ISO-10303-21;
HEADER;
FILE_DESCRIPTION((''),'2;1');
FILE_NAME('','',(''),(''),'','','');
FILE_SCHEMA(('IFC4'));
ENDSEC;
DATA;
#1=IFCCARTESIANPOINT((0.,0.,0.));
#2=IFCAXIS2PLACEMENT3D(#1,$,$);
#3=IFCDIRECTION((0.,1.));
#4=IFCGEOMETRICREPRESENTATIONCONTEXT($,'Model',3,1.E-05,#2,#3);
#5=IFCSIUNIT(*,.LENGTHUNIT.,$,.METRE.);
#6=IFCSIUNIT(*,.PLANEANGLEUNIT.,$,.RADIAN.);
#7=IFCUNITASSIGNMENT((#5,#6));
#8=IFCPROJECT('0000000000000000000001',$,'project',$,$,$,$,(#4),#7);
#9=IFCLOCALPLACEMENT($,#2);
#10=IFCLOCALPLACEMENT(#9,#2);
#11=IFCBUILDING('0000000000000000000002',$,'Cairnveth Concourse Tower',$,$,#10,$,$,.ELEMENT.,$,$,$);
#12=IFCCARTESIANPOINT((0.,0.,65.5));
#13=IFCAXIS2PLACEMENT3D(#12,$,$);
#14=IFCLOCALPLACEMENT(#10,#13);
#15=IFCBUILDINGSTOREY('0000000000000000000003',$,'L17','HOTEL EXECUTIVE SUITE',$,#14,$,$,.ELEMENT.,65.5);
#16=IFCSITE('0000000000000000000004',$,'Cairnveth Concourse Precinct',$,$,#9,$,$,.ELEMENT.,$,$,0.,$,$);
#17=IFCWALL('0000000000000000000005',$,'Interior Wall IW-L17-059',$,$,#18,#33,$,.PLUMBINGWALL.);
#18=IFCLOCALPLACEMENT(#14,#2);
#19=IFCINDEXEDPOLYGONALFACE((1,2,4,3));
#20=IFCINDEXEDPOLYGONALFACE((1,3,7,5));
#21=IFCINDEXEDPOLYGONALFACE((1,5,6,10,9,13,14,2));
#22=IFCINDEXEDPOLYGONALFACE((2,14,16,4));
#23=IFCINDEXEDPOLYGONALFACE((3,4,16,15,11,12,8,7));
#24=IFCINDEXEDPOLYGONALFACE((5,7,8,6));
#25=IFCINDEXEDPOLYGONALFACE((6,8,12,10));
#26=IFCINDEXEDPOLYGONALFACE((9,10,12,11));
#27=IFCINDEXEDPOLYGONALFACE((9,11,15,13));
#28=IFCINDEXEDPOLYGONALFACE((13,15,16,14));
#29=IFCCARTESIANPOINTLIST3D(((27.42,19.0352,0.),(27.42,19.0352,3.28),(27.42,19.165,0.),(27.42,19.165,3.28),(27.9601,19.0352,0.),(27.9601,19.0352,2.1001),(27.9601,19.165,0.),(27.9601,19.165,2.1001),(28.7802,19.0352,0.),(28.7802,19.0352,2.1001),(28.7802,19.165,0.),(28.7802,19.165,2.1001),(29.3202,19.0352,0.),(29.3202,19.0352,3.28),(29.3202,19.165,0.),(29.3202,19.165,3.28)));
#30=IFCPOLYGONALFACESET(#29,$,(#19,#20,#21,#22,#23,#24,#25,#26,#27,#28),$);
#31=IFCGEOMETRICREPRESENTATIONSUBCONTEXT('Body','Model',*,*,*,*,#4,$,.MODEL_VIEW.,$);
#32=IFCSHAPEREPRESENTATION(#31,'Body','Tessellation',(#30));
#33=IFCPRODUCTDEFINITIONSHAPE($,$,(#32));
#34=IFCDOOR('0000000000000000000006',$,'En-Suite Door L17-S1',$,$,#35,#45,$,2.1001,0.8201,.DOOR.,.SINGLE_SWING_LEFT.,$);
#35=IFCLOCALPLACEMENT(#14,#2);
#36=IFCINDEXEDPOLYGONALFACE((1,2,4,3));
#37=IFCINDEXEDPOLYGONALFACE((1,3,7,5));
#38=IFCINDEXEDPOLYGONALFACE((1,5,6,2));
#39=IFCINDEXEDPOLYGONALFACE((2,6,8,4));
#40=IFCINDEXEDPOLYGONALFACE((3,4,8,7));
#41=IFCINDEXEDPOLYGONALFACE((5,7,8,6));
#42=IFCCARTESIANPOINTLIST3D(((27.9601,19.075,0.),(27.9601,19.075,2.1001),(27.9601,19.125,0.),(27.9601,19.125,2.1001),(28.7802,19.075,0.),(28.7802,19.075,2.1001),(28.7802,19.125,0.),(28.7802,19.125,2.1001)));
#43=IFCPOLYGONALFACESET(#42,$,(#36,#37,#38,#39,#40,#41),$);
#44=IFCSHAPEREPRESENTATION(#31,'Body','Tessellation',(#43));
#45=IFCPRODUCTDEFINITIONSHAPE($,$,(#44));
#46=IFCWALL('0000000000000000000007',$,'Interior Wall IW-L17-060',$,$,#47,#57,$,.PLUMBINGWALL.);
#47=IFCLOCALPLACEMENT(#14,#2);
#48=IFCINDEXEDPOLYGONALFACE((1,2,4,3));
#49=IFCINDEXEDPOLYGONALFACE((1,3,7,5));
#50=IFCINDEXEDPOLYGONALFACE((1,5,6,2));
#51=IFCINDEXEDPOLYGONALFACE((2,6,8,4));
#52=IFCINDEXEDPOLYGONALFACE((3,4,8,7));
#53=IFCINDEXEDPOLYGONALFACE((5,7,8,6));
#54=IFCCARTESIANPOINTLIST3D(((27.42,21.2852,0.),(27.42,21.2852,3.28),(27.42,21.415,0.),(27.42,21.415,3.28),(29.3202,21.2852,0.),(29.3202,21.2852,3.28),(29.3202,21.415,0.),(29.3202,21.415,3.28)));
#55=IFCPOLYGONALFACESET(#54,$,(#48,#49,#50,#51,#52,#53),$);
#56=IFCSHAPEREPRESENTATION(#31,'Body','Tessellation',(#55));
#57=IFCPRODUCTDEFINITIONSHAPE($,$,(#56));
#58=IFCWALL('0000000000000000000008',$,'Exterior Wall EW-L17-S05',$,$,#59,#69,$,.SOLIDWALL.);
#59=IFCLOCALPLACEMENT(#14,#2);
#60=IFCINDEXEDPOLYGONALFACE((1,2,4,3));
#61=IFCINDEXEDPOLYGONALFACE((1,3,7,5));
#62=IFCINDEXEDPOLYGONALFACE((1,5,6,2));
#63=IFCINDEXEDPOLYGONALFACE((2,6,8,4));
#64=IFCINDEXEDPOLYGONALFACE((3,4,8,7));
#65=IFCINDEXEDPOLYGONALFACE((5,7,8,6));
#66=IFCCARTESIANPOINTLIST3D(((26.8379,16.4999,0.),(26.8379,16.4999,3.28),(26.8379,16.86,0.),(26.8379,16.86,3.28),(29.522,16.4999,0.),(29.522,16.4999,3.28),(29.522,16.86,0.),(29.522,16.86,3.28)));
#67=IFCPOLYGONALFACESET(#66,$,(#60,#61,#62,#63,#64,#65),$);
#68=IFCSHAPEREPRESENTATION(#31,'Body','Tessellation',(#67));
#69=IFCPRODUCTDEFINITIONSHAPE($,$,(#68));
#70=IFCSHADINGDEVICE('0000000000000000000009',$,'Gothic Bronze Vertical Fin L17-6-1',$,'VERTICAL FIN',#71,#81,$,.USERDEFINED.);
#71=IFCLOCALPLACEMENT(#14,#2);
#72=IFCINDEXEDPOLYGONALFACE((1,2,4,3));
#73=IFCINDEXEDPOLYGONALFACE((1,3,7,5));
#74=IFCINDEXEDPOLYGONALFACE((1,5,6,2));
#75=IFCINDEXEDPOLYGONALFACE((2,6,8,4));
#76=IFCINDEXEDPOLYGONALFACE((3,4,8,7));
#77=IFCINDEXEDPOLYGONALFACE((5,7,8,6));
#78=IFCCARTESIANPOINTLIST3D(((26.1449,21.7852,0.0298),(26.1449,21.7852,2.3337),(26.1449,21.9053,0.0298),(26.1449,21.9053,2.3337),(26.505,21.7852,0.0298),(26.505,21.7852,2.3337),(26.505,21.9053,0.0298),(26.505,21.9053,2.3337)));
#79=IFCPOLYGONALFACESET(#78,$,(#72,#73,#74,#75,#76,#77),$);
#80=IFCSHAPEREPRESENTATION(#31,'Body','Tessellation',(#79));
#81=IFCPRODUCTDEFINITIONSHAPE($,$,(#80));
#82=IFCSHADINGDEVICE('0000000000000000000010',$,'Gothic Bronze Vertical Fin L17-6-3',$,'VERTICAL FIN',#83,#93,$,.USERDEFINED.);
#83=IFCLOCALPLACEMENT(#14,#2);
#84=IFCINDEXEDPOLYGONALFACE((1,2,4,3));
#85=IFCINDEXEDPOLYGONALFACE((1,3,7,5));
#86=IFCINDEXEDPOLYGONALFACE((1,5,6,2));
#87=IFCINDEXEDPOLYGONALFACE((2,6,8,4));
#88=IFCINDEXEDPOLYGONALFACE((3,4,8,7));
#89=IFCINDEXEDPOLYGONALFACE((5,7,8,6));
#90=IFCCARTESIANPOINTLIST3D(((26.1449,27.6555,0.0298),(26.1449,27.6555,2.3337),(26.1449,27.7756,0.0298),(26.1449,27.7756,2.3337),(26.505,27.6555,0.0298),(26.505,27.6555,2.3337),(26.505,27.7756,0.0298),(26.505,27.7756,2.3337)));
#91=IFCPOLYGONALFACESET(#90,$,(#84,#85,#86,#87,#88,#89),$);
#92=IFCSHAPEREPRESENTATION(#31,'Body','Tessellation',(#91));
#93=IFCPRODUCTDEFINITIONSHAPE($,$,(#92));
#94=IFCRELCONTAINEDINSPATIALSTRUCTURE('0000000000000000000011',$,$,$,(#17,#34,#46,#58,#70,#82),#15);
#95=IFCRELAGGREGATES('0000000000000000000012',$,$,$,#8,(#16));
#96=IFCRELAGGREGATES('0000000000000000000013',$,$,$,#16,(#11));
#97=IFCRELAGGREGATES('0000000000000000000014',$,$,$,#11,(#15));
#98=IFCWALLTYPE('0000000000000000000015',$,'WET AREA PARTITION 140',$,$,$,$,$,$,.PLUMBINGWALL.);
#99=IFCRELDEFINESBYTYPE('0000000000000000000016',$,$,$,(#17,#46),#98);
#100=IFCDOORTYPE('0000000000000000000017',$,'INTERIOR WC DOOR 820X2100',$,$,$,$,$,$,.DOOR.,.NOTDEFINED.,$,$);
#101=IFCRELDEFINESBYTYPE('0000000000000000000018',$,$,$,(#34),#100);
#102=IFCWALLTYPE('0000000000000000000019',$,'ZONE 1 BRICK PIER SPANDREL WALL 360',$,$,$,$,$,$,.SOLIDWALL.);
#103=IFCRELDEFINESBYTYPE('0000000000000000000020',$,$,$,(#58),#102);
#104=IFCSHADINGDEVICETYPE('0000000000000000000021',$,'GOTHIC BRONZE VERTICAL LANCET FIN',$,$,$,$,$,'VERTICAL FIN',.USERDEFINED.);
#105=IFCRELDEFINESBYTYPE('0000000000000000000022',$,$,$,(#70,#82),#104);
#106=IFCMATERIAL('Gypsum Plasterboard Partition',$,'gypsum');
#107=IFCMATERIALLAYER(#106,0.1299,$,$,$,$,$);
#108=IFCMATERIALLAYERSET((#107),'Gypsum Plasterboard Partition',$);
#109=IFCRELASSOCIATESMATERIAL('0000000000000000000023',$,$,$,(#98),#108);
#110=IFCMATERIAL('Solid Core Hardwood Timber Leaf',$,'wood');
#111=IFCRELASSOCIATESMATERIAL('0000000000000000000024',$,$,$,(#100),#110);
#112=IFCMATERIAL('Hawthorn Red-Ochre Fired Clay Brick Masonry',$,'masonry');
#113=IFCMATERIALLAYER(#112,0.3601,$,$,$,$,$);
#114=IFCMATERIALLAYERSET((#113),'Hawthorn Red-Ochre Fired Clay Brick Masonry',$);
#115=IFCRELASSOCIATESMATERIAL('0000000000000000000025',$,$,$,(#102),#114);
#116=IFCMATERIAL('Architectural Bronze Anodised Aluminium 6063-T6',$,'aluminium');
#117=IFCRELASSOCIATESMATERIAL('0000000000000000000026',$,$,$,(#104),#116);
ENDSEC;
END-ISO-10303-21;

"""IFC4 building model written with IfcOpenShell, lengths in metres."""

from ifc_helpers import new_model, si_unit, direction, frame, frame_2d, origin, origin_2d, place, context, subcontext, project, spatial, rectangle, extrude, material, layer, layer_set, type_object, element, fill, save


model = new_model("IFC4")

# Units and contexts
model_context = context("Model", 3, precision=1e-05, world=origin(), true_north=direction((0.0, 1.0)))
body_context = subcontext(model_context, "Body", "Model", "MODEL_VIEW")
ifc_project = project(units=[si_unit("LENGTHUNIT", "METRE"), si_unit("PLANEANGLEUNIT", "RADIAN")], contexts=[model_context])

# Site, building, storey
site_placement = place(None, origin())
site = spatial("IfcSite", under=ifc_project, at=site_placement, Name="Cairnveth Concourse Precinct", CompositionType="ELEMENT", RefElevation=0.0)
building_placement = place(site_placement, origin())
building = spatial("IfcBuilding", under=site, at=building_placement, Name="Cairnveth Concourse Tower", CompositionType="ELEMENT")
storey_placement = place(building_placement, frame((0.0, 0.0, 65.5)))
storey = spatial("IfcBuildingStorey", under=building, at=storey_placement, Name="L17", Description="HOTEL EXECUTIVE SUITE", CompositionType="ELEMENT", Elevation=65.5)

# Shared definitions
ifc_material_1 = material(Name="Gypsum Plasterboard Partition", Category="gypsum")
ifc_layer_1 = layer(ifc_material_1, 0.1299)
ifc_layer_set_1 = layer_set([ifc_layer_1], Name="Gypsum Plasterboard Partition")
wall_type_1 = type_object("IfcWallType", Name="WET AREA PARTITION 140", PredefinedType="PLUMBINGWALL", material=ifc_layer_set_1)

# Wall, opening, door
wall_1_placement = place(storey_placement, frame((27.4199, 19.1001, 0.0), z_axis=(0.0, 0.0, 1.0), x_axis=(1.0, 0.0, 0.0)))
wall_1 = element("IfcWall", 1, at=wall_1_placement, inside=storey, type_object=wall_type_1, Name="Interior Wall IW-L17-059", PredefinedType="PLUMBINGWALL", context=body_context, shape_type="SweptSolid", body=[
    extrude(rectangle(XDim=1.9001, YDim=0.1299, at=frame_2d((0.9502, 0.0))), origin(), (0.0, 0.0, 1.0), 3.28),
])
opening_placement = place(wall_1_placement, frame((0.54, 0.0, 0.0)))
opening = element("IfcOpeningElement", 2, at=opening_placement, cuts=wall_1, PredefinedType="OPENING", context=body_context, shape_type="SweptSolid", body=[
    extrude(rectangle(XDim=0.8201, YDim=2.1001, at=frame_2d((0.4102, 1.05))), frame((0.0, 0.075, 0.0), z_axis=(0.0, -1.0, 0.0), x_axis=(1.0, 0.0, 0.0)), (0.0, 0.0, 1.0), 0.1499),
])
ifc_material_2 = material(Name="Solid Core Hardwood Timber Leaf", Category="wood")
door_type = type_object("IfcDoorType", Name="INTERIOR WC DOOR 820X2100", OperationType="NOTDEFINED", PredefinedType="DOOR", material=ifc_material_2)
door_placement = place(opening_placement, origin())
door = element("IfcDoor", 3, at=door_placement, inside=storey, type_object=door_type, Name="En-Suite Door L17-S1", OperationType="SINGLE_SWING_LEFT", OverallHeight=2.1001, OverallWidth=0.8201, PredefinedType="DOOR", context=body_context, shape_type="SweptSolid", body=[
    extrude(rectangle(XDim=0.8201, YDim=2.1001, at=frame_2d((0.4102, 1.05))), frame((0.0, 0.0249, 0.0), z_axis=(0.0, -1.0, 0.0), x_axis=(1.0, 0.0, 0.0)), (0.0, 0.0, 1.0), 0.05),
])
fill(opening, door)

# Walls
wall_2_placement = place(storey_placement, frame((27.4199, 21.3501, 0.0), z_axis=(0.0, 0.0, 1.0), x_axis=(1.0, 0.0, 0.0)))
element("IfcWall", 4, at=wall_2_placement, inside=storey, type_object=wall_type_1, Name="Interior Wall IW-L17-060", PredefinedType="PLUMBINGWALL", context=body_context, shape_type="SweptSolid", body=[
    extrude(rectangle(XDim=1.9001, YDim=0.1299, at=frame_2d((0.9502, 0.0))), origin(), (0.0, 0.0, 1.0), 3.28),
])
ifc_material_3 = material(Name="Hawthorn Red-Ochre Fired Clay Brick Masonry", Category="masonry")
ifc_layer_2 = layer(ifc_material_3, 0.3601)
ifc_layer_set_2 = layer_set([ifc_layer_2], Name="Hawthorn Red-Ochre Fired Clay Brick Masonry")
wall_type_2 = type_object("IfcWallType", Name="ZONE 1 BRICK PIER SPANDREL WALL 360", PredefinedType="SOLIDWALL", material=ifc_layer_set_2)
wall_3_placement = place(storey_placement, frame((29.522, 16.6799, 0.0), z_axis=(0.0, 0.0, 1.0), x_axis=(-1.0, 0.0, 0.0)))
element("IfcWall", 5, at=wall_3_placement, inside=storey, type_object=wall_type_2, Name="Exterior Wall EW-L17-S05", PredefinedType="SOLIDWALL", context=body_context, shape_type="SweptSolid", body=[
    extrude(rectangle(XDim=2.6841, YDim=0.3601, at=frame_2d((1.342, 0.0))), origin(), (0.0, 0.0, 1.0), 3.28),
])

# Shading devices
ifc_material_4 = material(Name="Architectural Bronze Anodised Aluminium 6063-T6", Category="aluminium")
shading_device_type = type_object("IfcShadingDeviceType", Name="GOTHIC BRONZE VERTICAL LANCET FIN", ElementType="VERTICAL FIN", PredefinedType="USERDEFINED", material=ifc_material_4)
for number, where, z_axis, x_axis, name in (
    (6, (26.325, 21.8452, 0.0298), (0.0, 0.0, 1.0), (0.0, 1.0, 0.0), "Gothic Bronze Vertical Fin L17-6-1"),
    (7, (26.325, 27.7156, 0.0298), (0.0, 0.0, 1.0), (0.0, 1.0, 0.0), "Gothic Bronze Vertical Fin L17-6-3"),
):
    element("IfcShadingDevice", number, at=place(storey_placement, frame(where, z_axis=z_axis, x_axis=x_axis)), inside=storey, type_object=shading_device_type, Name=name, ObjectType="VERTICAL FIN", PredefinedType="USERDEFINED", context=body_context, shape_type="SweptSolid", body=[
        extrude(rectangle(XDim=0.1201, YDim=0.3601, at=origin_2d()), origin(), (0.0, 0.0, 1.0), 2.304),
    ])

save(model, "model.ifc")
